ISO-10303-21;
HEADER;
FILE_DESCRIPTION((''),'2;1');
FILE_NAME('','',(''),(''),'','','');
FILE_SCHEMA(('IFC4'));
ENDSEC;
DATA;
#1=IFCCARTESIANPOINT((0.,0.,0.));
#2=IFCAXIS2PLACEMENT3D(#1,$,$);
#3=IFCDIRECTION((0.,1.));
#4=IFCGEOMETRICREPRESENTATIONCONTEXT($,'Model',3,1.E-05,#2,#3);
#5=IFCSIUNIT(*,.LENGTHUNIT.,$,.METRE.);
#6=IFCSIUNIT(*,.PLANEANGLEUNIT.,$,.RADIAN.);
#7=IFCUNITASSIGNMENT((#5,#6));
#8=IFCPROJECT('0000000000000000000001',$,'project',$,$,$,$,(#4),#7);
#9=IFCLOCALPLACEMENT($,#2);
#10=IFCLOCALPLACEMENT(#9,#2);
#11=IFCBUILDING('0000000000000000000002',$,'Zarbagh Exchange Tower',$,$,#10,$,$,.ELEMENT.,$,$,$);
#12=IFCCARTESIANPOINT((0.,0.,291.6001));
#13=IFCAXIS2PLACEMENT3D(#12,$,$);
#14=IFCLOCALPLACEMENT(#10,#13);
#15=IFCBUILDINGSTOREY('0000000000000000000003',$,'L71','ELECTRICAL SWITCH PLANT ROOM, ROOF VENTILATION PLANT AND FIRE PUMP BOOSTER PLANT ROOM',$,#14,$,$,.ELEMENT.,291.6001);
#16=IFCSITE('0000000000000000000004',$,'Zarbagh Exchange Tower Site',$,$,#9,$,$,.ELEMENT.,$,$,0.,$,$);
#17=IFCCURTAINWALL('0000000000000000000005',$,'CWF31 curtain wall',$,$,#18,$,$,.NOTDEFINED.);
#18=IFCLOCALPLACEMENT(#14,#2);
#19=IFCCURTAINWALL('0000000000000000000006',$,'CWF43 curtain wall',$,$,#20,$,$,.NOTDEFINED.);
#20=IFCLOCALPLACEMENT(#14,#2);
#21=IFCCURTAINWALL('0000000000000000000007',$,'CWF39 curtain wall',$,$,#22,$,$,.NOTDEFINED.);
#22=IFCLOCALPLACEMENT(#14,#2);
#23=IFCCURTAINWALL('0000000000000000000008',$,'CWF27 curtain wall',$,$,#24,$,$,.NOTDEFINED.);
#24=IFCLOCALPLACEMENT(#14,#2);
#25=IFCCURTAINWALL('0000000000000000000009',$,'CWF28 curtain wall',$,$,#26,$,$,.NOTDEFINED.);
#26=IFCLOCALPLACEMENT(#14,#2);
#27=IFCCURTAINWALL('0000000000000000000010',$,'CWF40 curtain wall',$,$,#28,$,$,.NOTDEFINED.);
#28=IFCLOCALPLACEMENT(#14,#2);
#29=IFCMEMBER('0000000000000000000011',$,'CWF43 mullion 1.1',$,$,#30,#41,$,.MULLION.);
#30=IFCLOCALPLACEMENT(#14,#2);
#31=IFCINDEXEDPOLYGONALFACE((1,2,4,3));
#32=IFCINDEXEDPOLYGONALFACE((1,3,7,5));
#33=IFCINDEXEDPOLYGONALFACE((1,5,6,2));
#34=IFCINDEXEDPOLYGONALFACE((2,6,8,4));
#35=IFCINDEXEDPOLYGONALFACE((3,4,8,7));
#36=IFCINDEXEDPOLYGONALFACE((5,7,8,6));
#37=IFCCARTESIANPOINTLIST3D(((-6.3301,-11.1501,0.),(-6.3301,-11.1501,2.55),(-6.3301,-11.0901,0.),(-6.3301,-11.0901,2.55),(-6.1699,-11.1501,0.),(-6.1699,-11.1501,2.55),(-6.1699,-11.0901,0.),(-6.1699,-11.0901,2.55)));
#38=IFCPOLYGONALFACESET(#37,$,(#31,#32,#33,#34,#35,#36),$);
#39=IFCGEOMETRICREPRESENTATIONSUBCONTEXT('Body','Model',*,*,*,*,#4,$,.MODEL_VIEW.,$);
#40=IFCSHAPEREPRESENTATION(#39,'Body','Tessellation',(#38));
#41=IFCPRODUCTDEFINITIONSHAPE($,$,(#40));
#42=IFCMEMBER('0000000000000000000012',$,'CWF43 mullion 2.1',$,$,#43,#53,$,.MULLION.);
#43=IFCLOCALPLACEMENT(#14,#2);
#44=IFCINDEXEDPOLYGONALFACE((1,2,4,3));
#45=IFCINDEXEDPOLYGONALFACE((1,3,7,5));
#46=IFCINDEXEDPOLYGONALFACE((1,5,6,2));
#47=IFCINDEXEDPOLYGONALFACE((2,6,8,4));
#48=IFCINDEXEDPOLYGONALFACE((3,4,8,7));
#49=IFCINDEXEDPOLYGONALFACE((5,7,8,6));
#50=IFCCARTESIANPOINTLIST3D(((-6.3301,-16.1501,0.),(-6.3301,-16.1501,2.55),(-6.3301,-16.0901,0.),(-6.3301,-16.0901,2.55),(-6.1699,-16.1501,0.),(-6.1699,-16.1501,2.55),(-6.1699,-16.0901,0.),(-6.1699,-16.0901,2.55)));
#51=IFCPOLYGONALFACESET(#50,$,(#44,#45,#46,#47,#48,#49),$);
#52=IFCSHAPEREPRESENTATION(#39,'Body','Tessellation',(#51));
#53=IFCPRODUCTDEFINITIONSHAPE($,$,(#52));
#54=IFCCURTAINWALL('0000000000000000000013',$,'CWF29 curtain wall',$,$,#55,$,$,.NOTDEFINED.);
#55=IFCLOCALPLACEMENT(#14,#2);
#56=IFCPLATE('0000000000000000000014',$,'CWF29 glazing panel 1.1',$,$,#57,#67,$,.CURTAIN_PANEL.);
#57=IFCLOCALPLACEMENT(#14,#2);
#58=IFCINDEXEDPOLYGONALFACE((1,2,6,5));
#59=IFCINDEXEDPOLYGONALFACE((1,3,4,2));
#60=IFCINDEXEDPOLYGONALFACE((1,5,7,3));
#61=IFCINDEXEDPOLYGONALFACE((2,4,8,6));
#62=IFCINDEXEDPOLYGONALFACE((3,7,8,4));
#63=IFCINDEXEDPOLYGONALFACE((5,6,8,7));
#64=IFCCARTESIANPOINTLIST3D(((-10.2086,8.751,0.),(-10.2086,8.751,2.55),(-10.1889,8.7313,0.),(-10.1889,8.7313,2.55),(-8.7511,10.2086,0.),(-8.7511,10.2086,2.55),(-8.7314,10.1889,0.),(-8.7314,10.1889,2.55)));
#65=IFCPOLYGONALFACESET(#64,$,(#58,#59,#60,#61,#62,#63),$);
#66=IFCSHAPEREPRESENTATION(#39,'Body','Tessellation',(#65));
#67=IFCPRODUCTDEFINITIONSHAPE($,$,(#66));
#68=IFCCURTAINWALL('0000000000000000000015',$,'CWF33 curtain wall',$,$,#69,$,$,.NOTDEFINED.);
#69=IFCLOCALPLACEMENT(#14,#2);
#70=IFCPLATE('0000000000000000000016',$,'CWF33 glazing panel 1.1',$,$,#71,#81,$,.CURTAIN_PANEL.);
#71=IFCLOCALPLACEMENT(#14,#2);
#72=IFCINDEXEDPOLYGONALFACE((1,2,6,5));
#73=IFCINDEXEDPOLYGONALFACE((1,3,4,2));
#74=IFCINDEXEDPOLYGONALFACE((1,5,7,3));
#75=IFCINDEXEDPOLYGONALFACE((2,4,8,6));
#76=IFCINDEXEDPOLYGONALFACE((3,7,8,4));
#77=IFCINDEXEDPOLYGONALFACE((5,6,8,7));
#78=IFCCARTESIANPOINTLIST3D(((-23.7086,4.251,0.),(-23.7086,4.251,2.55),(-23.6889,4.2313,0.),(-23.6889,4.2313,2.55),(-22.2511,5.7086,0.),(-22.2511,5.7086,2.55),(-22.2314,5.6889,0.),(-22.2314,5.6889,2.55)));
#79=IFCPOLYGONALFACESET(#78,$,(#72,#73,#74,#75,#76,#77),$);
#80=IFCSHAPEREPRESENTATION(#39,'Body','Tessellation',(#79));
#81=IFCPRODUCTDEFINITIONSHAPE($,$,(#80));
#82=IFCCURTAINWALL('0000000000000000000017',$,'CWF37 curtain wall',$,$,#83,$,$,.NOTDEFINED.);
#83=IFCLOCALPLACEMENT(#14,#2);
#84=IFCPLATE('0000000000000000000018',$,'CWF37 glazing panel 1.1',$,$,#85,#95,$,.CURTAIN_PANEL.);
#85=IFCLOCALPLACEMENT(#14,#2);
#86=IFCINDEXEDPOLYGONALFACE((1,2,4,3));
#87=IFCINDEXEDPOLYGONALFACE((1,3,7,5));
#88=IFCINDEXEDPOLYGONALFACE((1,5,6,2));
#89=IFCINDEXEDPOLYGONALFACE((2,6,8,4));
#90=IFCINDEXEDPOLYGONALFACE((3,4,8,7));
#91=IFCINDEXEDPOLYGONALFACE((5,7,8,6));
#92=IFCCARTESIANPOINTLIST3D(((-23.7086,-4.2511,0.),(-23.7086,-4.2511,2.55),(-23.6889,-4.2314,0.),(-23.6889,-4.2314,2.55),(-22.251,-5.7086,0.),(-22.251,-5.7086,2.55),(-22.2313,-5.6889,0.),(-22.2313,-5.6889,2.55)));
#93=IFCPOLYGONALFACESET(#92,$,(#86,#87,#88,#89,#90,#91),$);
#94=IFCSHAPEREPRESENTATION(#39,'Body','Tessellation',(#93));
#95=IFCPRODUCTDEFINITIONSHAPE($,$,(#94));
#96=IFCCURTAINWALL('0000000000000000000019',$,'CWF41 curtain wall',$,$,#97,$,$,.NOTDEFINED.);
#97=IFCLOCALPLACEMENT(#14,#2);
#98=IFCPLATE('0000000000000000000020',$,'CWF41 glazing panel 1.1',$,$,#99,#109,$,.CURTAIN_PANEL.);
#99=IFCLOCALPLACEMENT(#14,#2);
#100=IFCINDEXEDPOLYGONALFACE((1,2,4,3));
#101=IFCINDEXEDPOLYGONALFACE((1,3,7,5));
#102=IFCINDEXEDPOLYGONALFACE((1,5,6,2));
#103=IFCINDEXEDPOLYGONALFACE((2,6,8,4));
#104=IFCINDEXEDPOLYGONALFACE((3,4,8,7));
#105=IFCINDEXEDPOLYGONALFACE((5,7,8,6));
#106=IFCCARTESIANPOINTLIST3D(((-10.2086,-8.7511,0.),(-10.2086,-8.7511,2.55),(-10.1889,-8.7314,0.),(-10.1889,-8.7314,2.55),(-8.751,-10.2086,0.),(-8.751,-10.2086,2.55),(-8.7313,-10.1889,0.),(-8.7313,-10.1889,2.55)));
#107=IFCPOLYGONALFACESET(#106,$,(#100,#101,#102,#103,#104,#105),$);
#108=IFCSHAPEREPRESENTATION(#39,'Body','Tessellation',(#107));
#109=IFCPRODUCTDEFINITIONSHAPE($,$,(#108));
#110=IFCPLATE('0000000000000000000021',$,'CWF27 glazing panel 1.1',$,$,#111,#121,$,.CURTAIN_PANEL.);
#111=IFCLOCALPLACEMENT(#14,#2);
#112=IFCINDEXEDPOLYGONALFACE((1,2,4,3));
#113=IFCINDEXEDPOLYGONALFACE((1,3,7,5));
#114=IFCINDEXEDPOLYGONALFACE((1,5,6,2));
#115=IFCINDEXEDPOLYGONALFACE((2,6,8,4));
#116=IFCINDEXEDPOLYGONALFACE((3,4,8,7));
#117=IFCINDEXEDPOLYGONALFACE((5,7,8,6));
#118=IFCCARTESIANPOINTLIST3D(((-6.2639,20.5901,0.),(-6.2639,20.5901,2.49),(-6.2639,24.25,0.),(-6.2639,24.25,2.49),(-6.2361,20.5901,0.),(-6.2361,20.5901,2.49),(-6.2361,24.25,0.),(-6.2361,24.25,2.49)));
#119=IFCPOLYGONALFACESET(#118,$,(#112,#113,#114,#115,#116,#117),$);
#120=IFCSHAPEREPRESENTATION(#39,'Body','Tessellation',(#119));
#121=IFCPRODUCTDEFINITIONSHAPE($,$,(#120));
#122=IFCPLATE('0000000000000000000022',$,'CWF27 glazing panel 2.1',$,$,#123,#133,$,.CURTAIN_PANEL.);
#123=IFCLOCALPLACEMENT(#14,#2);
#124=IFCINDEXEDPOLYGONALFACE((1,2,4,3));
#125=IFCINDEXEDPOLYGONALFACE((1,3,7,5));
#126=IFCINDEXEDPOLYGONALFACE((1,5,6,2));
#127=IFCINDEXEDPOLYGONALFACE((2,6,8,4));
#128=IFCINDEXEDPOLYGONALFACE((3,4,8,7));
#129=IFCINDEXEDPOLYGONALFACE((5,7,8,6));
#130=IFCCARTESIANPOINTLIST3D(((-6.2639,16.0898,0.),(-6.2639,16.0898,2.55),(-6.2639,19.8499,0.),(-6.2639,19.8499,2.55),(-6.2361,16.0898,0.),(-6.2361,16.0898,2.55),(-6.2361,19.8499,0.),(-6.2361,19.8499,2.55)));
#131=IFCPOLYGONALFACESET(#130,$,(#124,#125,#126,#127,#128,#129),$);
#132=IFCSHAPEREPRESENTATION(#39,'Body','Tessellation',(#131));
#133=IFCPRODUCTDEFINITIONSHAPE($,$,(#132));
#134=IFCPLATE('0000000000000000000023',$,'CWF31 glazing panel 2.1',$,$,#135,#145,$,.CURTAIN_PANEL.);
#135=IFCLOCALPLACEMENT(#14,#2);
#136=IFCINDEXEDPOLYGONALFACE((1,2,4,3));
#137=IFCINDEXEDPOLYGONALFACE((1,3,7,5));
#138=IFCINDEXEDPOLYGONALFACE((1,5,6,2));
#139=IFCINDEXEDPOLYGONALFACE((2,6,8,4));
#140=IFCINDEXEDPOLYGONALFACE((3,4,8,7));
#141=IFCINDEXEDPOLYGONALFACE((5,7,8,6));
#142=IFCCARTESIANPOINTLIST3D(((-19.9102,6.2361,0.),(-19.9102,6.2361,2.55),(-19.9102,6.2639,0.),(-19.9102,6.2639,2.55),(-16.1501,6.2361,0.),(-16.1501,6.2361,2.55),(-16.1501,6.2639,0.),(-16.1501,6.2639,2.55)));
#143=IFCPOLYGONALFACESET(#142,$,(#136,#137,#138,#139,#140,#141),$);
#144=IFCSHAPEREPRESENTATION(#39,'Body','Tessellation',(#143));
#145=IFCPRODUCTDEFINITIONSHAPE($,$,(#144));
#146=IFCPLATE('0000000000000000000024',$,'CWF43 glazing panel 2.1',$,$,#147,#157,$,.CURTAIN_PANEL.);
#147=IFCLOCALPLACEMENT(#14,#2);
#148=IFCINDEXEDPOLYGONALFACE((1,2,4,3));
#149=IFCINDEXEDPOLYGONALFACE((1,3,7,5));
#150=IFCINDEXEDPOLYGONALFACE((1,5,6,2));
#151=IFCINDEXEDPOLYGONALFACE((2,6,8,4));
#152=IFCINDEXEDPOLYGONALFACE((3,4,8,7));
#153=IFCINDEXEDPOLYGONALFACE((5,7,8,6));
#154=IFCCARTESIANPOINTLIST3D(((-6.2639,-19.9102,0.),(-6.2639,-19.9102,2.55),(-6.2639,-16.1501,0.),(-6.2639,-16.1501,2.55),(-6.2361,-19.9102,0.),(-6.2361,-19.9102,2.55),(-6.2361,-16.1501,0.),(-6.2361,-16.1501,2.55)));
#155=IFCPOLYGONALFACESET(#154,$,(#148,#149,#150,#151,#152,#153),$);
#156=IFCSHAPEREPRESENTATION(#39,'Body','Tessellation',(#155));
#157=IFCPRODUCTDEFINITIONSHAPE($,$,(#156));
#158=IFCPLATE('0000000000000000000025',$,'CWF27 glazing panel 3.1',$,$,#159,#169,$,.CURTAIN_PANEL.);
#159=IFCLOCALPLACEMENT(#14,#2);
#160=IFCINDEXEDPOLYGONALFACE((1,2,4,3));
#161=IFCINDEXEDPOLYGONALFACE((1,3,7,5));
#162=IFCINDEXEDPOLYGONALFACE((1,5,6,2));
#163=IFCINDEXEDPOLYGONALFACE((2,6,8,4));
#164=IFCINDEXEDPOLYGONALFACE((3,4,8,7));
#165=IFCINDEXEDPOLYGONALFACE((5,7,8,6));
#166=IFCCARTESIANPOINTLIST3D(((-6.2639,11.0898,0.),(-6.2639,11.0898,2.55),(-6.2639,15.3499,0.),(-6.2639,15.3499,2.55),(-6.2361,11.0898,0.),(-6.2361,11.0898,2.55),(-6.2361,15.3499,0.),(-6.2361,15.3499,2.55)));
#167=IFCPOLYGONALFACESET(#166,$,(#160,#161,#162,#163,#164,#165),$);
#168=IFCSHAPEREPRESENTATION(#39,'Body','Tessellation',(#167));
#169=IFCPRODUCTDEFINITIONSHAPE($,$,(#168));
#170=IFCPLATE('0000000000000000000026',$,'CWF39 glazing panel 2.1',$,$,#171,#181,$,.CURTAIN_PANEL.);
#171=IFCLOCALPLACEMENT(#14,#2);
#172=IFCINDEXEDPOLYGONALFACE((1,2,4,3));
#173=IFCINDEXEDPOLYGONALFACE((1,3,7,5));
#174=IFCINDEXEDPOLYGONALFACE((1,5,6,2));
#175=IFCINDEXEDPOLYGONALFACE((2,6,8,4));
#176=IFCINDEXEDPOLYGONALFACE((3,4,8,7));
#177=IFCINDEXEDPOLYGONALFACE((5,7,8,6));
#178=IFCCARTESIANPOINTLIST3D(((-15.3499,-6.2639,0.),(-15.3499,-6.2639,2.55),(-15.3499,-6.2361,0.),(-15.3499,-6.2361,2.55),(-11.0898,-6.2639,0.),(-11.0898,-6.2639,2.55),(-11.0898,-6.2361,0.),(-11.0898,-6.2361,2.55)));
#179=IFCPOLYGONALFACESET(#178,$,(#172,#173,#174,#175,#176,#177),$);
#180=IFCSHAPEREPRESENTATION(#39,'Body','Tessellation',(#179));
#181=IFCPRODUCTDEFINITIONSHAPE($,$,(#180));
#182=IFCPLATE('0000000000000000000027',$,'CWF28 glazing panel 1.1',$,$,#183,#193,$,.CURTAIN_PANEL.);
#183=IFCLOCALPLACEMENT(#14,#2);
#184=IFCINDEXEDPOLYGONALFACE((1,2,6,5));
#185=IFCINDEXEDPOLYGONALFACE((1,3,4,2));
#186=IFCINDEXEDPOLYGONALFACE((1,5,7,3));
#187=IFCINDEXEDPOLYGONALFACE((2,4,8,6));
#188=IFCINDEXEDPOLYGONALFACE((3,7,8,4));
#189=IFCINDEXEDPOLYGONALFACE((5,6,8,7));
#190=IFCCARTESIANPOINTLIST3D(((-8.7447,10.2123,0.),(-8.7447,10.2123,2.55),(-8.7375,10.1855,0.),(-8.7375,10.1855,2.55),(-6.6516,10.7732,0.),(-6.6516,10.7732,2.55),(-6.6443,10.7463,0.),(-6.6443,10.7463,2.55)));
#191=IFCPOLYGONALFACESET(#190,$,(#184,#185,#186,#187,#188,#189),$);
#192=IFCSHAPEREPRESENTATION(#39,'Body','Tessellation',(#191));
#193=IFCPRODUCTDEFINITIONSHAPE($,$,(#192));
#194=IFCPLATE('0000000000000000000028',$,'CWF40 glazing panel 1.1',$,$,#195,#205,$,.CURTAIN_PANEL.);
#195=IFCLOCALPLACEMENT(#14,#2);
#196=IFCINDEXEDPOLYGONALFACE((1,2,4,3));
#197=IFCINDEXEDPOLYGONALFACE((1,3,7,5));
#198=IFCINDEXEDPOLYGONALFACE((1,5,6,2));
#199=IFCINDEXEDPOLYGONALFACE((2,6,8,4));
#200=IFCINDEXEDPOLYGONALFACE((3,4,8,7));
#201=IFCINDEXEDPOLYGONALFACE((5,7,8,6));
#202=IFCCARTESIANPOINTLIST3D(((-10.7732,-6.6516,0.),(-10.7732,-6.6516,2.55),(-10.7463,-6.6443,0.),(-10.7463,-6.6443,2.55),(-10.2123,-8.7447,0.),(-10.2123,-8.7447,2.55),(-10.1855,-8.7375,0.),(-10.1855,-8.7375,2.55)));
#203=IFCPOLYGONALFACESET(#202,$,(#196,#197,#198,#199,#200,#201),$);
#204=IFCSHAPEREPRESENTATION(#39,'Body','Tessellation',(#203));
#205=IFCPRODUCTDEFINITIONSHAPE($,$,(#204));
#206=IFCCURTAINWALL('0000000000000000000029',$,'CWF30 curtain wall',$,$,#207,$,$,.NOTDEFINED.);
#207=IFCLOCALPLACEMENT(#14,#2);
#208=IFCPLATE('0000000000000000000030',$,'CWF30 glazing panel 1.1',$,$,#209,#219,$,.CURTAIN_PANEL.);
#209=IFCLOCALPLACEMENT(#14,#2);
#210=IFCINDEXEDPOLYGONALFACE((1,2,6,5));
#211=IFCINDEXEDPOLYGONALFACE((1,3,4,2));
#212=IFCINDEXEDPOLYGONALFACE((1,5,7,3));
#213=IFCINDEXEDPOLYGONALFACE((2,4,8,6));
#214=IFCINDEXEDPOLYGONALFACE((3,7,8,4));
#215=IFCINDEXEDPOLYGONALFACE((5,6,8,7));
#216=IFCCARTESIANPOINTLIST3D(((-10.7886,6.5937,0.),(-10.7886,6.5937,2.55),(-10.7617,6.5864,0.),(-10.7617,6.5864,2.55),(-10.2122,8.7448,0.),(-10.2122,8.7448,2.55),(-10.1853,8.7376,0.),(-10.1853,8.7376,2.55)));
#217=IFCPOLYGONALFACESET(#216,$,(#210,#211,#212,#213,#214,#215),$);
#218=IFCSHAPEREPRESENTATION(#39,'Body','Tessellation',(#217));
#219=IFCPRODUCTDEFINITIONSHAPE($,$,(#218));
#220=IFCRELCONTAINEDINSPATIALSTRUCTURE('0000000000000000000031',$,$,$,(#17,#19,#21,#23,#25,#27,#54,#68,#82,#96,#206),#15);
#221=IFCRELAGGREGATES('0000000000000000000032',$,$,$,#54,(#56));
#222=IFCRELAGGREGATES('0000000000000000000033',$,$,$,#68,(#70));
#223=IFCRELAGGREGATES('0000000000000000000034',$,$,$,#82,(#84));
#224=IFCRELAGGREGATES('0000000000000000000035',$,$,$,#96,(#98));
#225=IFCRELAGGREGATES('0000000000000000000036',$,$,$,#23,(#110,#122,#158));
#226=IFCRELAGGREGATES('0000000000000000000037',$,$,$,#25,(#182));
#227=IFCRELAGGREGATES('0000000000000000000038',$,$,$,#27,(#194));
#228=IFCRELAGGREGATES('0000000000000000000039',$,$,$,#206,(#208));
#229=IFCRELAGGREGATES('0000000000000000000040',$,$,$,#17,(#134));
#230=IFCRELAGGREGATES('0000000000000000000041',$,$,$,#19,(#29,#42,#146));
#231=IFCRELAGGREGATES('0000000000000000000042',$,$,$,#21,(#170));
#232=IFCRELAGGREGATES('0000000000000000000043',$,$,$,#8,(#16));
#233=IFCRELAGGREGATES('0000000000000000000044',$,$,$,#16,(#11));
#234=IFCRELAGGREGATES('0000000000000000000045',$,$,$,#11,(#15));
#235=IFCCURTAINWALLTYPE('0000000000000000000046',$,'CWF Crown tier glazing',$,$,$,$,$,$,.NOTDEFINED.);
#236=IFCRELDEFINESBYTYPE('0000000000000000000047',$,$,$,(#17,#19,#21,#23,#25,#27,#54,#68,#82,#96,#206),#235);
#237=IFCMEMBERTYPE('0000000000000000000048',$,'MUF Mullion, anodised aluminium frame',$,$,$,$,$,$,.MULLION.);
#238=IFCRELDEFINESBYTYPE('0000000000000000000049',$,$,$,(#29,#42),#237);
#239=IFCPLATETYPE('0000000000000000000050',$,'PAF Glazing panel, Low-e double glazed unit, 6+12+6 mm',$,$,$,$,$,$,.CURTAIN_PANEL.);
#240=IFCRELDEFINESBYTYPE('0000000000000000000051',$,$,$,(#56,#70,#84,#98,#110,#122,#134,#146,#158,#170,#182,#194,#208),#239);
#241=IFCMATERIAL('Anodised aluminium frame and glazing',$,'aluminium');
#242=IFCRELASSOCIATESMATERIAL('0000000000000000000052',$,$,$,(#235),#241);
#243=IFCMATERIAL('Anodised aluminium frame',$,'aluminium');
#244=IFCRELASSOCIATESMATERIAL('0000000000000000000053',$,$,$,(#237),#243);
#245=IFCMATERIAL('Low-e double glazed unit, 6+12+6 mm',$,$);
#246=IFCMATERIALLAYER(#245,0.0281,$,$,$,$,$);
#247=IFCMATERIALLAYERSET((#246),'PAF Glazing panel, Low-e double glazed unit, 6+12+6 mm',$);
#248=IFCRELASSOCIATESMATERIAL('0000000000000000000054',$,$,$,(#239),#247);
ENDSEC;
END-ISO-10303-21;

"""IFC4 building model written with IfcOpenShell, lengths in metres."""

from ifc_helpers import new_model, si_unit, direction, frame, origin, place, context, subcontext, project, spatial, polyline, outline, extrude, source, transform, mapped, material, layer, layer_set, type_object, element, aggregate, save


model = new_model("IFC4")

# Units and contexts
model_context = context("Model", 3, precision=1e-05, world=origin(), true_north=direction((0.0, 1.0)))
body_context = subcontext(model_context, "Body", "Model", "MODEL_VIEW")
ifc_project = project(units=[si_unit("LENGTHUNIT", "METRE"), si_unit("PLANEANGLEUNIT", "RADIAN")], contexts=[model_context])

# Site, building, storey
site_placement = place(None, origin())
site = spatial("IfcSite", under=ifc_project, at=site_placement, Name="Zarbagh Exchange Tower Site", CompositionType="ELEMENT", RefElevation=0.0)
building_placement = place(site_placement, origin())
building = spatial("IfcBuilding", under=site, at=building_placement, Name="Zarbagh Exchange Tower", CompositionType="ELEMENT")
storey_placement = place(building_placement, frame((0.0, 0.0, 291.6001)))
storey = spatial("IfcBuildingStorey", under=building, at=storey_placement, Name="L71", Description="ELECTRICAL SWITCH PLANT ROOM, ROOF VENTILATION PLANT AND FIRE PUMP BOOSTER PLANT ROOM", CompositionType="ELEMENT", Elevation=291.6001)

# Curtain walls
ifc_material_1 = material(Name="Anodised aluminium frame and glazing", Category="aluminium")
curtain_wall_type = type_object("IfcCurtainWallType", Name="CWF Crown tier glazing", PredefinedType="NOTDEFINED", material=ifc_material_1)
ifc_material_2 = material(Name="Anodised aluminium frame", Category="aluminium")
placement = place(storey_placement, origin())
curtain_wall_1_placement = place(storey_placement, origin())
curtain_wall_1 = element("IfcCurtainWall", 1, at=curtain_wall_1_placement, inside=storey, type_object=curtain_wall_type, Name="CWF31 curtain wall", PredefinedType="NOTDEFINED")
curtain_wall_2_placement = place(storey_placement, origin())
curtain_wall_2 = element("IfcCurtainWall", 2, at=curtain_wall_2_placement, inside=storey, type_object=curtain_wall_type, Name="CWF43 curtain wall", PredefinedType="NOTDEFINED")
curtain_wall_3_placement = place(storey_placement, origin())
curtain_wall_3 = element("IfcCurtainWall", 3, at=curtain_wall_3_placement, inside=storey, type_object=curtain_wall_type, Name="CWF39 curtain wall", PredefinedType="NOTDEFINED")

# Curtain wall
curtain_wall_4_placement = place(storey_placement, origin())
curtain_wall_4 = element("IfcCurtainWall", 4, at=curtain_wall_4_placement, inside=storey, type_object=curtain_wall_type, Name="CWF27 curtain wall", PredefinedType="NOTDEFINED")
member_type_1 = type_object("IfcMemberType", Name="MUF Mullion, anodised aluminium frame", PredefinedType="MULLION", material=ifc_material_2)
shared_shape_1 = source(origin(), body_context, "Body", "SweptSolid", [
    extrude(outline(polyline([(0.0, -0.0801), (0.0601, -0.0801), (0.0601, 0.0801), (0.0, 0.0801), (0.0, -0.0801)])), origin(), (0.0, 0.0, 1.0), 2.55),
])

# Curtain wall
curtain_wall_5_placement = place(storey_placement, origin())
curtain_wall_5 = element("IfcCurtainWall", 5, at=curtain_wall_5_placement, inside=storey, type_object=curtain_wall_type, Name="CWF28 curtain wall", PredefinedType="NOTDEFINED")

# Curtain wall
curtain_wall_6_placement = place(storey_placement, origin())
curtain_wall_6 = element("IfcCurtainWall", 6, at=curtain_wall_6_placement, inside=storey, type_object=curtain_wall_type, Name="CWF40 curtain wall", PredefinedType="NOTDEFINED")

# Members
member_1 = element("IfcMember", 7, at=placement, type_object=member_type_1, Name="CWF43 mullion 1.1", PredefinedType="MULLION", context=body_context, shape_type="MappedRepresentation", body=[
    mapped(shared_shape_1, transform((-6.25, -11.0901, 0.0), x_axis=(0.0, -1.0, 0.0), y_axis=(1.0, 0.0, 0.0), z_axis=(0.0, 0.0, 1.0))),
])
member_2 = element("IfcMember", 8, at=placement, type_object=member_type_1, Name="CWF43 mullion 2.1", PredefinedType="MULLION", context=body_context, shape_type="MappedRepresentation", body=[
    mapped(shared_shape_1, transform((-6.25, -16.0901, 0.0), x_axis=(0.0, -1.0, 0.0), y_axis=(1.0, 0.0, 0.0), z_axis=(0.0, 0.0, 1.0))),
])

# Curtain walls, plates
curtain_wall_7_placement = place(storey_placement, origin())
curtain_wall_7 = element("IfcCurtainWall", 9, at=curtain_wall_7_placement, inside=storey, type_object=curtain_wall_type, Name="CWF29 curtain wall", PredefinedType="NOTDEFINED")
ifc_material_3 = material(Name="Low-e double glazed unit, 6+12+6 mm")
ifc_layer = layer(ifc_material_3, 0.0281)
ifc_layer_set = layer_set([ifc_layer], Name="PAF Glazing panel, Low-e double glazed unit, 6+12+6 mm")
plate_type = type_object("IfcPlateType", Name="PAF Glazing panel, Low-e double glazed unit, 6+12+6 mm", PredefinedType="CURTAIN_PANEL", material=ifc_layer_set)
shared_shape_2 = source(origin(), body_context, "Body", "SweptSolid", [
    extrude(outline(polyline([(0.0, -0.0139), (2.0613, -0.0139), (2.0613, 0.0139), (0.0, 0.0139), (0.0, -0.0139)])), origin(), (0.0, 0.0, 1.0), 2.55),
])
plate_1 = element("IfcPlate", 10, at=placement, type_object=plate_type, Name="CWF29 glazing panel 1.1", PredefinedType="CURTAIN_PANEL", context=body_context, shape_type="MappedRepresentation", body=[
    mapped(shared_shape_2, transform((-8.7412, 10.1987, 0.0), x_axis=(-0.707107, -0.707107, 0.0), y_axis=(0.707107, -0.707107, 0.0), z_axis=(0.0, 0.0, 1.0))),
])
aggregate(curtain_wall_7, [plate_1])
curtain_wall_8_placement = place(storey_placement, origin())
curtain_wall_8 = element("IfcCurtainWall", 11, at=curtain_wall_8_placement, inside=storey, type_object=curtain_wall_type, Name="CWF33 curtain wall", PredefinedType="NOTDEFINED")
plate_2 = element("IfcPlate", 12, at=placement, type_object=plate_type, Name="CWF33 glazing panel 1.1", PredefinedType="CURTAIN_PANEL", context=body_context, shape_type="MappedRepresentation", body=[
    mapped(shared_shape_2, transform((-22.2412, 5.6987, 0.0), x_axis=(-0.707107, -0.707107, 0.0), y_axis=(0.707107, -0.707107, 0.0), z_axis=(0.0, 0.0, 1.0))),
])
aggregate(curtain_wall_8, [plate_2])
curtain_wall_9_placement = place(storey_placement, origin())
curtain_wall_9 = element("IfcCurtainWall", 13, at=curtain_wall_9_placement, inside=storey, type_object=curtain_wall_type, Name="CWF37 curtain wall", PredefinedType="NOTDEFINED")
plate_3 = element("IfcPlate", 14, at=placement, type_object=plate_type, Name="CWF37 glazing panel 1.1", PredefinedType="CURTAIN_PANEL", context=body_context, shape_type="MappedRepresentation", body=[
    mapped(shared_shape_2, transform((-23.6987, -4.2412, 0.0), x_axis=(0.707107, -0.707107, 0.0), y_axis=(0.707107, 0.707107, 0.0), z_axis=(0.0, 0.0, 1.0))),
])
aggregate(curtain_wall_9, [plate_3])
curtain_wall_10_placement = place(storey_placement, origin())
curtain_wall_10 = element("IfcCurtainWall", 15, at=curtain_wall_10_placement, inside=storey, type_object=curtain_wall_type, Name="CWF41 curtain wall", PredefinedType="NOTDEFINED")
plate_4 = element("IfcPlate", 16, at=placement, type_object=plate_type, Name="CWF41 glazing panel 1.1", PredefinedType="CURTAIN_PANEL", context=body_context, shape_type="MappedRepresentation", body=[
    mapped(shared_shape_2, transform((-10.1987, -8.7412, 0.0), x_axis=(0.707107, -0.707107, 0.0), y_axis=(0.707107, 0.707107, 0.0), z_axis=(0.0, 0.0, 1.0))),
])
aggregate(curtain_wall_10, [plate_4])

# Plates
shared_shape_3 = source(origin(), body_context, "Body", "SweptSolid", [
    extrude(outline(polyline([(0.0, -0.0139), (3.6599, -0.0139), (3.6599, 0.0139), (0.0, 0.0139), (0.0, -0.0139)])), origin(), (0.0, 0.0, 1.0), 2.49),
])
plate_5 = element("IfcPlate", 17, at=placement, type_object=plate_type, Name="CWF27 glazing panel 1.1", PredefinedType="CURTAIN_PANEL", context=body_context, shape_type="MappedRepresentation", body=[
    mapped(shared_shape_3, transform((-6.25, 24.25, 0.0), x_axis=(0.0, -1.0, 0.0), y_axis=(1.0, 0.0, 0.0), z_axis=(0.0, 0.0, 1.0))),
])
shared_shape_4 = source(origin(), body_context, "Body", "SweptSolid", [
    extrude(outline(polyline([(0.0, -0.0139), (3.76, -0.0139), (3.76, 0.0139), (0.0, 0.0139), (0.0, -0.0139)])), origin(), (0.0, 0.0, 1.0), 2.55),
])
plate_6 = element("IfcPlate", 18, at=placement, type_object=plate_type, Name="CWF27 glazing panel 2.1", PredefinedType="CURTAIN_PANEL", context=body_context, shape_type="MappedRepresentation", body=[
    mapped(shared_shape_4, transform((-6.25, 19.8499, 0.0), x_axis=(0.0, -1.0, 0.0), y_axis=(1.0, 0.0, 0.0), z_axis=(0.0, 0.0, 1.0))),
])
plate_7 = element("IfcPlate", 19, at=placement, type_object=plate_type, Name="CWF31 glazing panel 2.1", PredefinedType="CURTAIN_PANEL", context=body_context, shape_type="MappedRepresentation", body=[
    mapped(shared_shape_4, transform((-16.1501, 6.25, 0.0), x_axis=(-1.0, 0.0, 0.0), y_axis=(0.0, -1.0, 0.0), z_axis=(0.0, 0.0, 1.0))),
])
plate_8 = element("IfcPlate", 20, at=placement, type_object=plate_type, Name="CWF43 glazing panel 2.1", PredefinedType="CURTAIN_PANEL", context=body_context, shape_type="MappedRepresentation", body=[
    mapped(shared_shape_4, transform((-6.25, -16.1501, 0.0), x_axis=(0.0, -1.0, 0.0), y_axis=(1.0, 0.0, 0.0), z_axis=(0.0, 0.0, 1.0))),
])
shared_shape_5 = source(origin(), body_context, "Body", "SweptSolid", [
    extrude(outline(polyline([(0.0, -0.0139), (4.26, -0.0139), (4.26, 0.0139), (0.0, 0.0139), (0.0, -0.0139)])), origin(), (0.0, 0.0, 1.0), 2.55),
])
plate_9 = element("IfcPlate", 21, at=placement, type_object=plate_type, Name="CWF27 glazing panel 3.1", PredefinedType="CURTAIN_PANEL", context=body_context, shape_type="MappedRepresentation", body=[
    mapped(shared_shape_5, transform((-6.25, 15.3499, 0.0), x_axis=(0.0, -1.0, 0.0), y_axis=(1.0, 0.0, 0.0), z_axis=(0.0, 0.0, 1.0))),
])
aggregate(curtain_wall_4, [plate_5, plate_6, plate_9])
plate_10 = element("IfcPlate", 22, at=placement, type_object=plate_type, Name="CWF39 glazing panel 2.1", PredefinedType="CURTAIN_PANEL", context=body_context, shape_type="MappedRepresentation", body=[
    mapped(shared_shape_5, transform((-15.3499, -6.25, 0.0), x_axis=(1.0, 0.0, 0.0), y_axis=(0.0, 1.0, 0.0), z_axis=(0.0, 0.0, 1.0))),
])
shared_shape_6 = source(origin(), body_context, "Body", "SweptSolid", [
    extrude(outline(polyline([(0.0, -0.0139), (2.167, -0.0139), (2.167, 0.0139), (0.0, 0.0139), (0.0, -0.0139)])), origin(), (0.0, 0.0, 1.0), 2.55),
])
plate_11 = element("IfcPlate", 23, at=placement, type_object=plate_type, Name="CWF28 glazing panel 1.1", PredefinedType="CURTAIN_PANEL", context=body_context, shape_type="MappedRepresentation", body=[
    mapped(shared_shape_6, transform((-6.6479, 10.7598, 0.0), x_axis=(-0.965924, -0.258825, 0.0), y_axis=(0.258825, -0.965924, 0.0), z_axis=(0.0, 0.0, 1.0))),
])
aggregate(curtain_wall_5, [plate_11])
plate_12 = element("IfcPlate", 24, at=placement, type_object=plate_type, Name="CWF40 glazing panel 1.1", PredefinedType="CURTAIN_PANEL", context=body_context, shape_type="MappedRepresentation", body=[
    mapped(shared_shape_6, transform((-10.7598, -6.6479, 0.0), x_axis=(0.258825, -0.965924, 0.0), y_axis=(0.965924, 0.258825, 0.0), z_axis=(0.0, 0.0, 1.0))),
])
aggregate(curtain_wall_6, [plate_12])

# Curtain wall, plate
curtain_wall_11_placement = place(storey_placement, origin())
curtain_wall_11 = element("IfcCurtainWall", 25, at=curtain_wall_11_placement, inside=storey, type_object=curtain_wall_type, Name="CWF30 curtain wall", PredefinedType="NOTDEFINED")
shared_shape_7 = source(origin(), body_context, "Body", "SweptSolid", [
    extrude(outline(polyline([(0.0, -0.0139), (2.2271, -0.0139), (2.2271, 0.0139), (0.0, 0.0139), (0.0, -0.0139)])), origin(), (0.0, 0.0, 1.0), 2.55),
])
plate_13 = element("IfcPlate", 26, at=placement, type_object=plate_type, Name="CWF30 glazing panel 1.1", PredefinedType="CURTAIN_PANEL", context=body_context, shape_type="MappedRepresentation", body=[
    mapped(shared_shape_7, transform((-10.1987, 8.7412, 0.0), x_axis=(-0.258825, -0.965924, 0.0), y_axis=(0.965924, -0.258825, 0.0), z_axis=(0.0, 0.0, 1.0))),
])
aggregate(curtain_wall_11, [plate_13])

aggregate(curtain_wall_1, [plate_7])
aggregate(curtain_wall_2, [member_1, member_2, plate_8])

aggregate(curtain_wall_3, [plate_10])

save(model, "model.ifc")
